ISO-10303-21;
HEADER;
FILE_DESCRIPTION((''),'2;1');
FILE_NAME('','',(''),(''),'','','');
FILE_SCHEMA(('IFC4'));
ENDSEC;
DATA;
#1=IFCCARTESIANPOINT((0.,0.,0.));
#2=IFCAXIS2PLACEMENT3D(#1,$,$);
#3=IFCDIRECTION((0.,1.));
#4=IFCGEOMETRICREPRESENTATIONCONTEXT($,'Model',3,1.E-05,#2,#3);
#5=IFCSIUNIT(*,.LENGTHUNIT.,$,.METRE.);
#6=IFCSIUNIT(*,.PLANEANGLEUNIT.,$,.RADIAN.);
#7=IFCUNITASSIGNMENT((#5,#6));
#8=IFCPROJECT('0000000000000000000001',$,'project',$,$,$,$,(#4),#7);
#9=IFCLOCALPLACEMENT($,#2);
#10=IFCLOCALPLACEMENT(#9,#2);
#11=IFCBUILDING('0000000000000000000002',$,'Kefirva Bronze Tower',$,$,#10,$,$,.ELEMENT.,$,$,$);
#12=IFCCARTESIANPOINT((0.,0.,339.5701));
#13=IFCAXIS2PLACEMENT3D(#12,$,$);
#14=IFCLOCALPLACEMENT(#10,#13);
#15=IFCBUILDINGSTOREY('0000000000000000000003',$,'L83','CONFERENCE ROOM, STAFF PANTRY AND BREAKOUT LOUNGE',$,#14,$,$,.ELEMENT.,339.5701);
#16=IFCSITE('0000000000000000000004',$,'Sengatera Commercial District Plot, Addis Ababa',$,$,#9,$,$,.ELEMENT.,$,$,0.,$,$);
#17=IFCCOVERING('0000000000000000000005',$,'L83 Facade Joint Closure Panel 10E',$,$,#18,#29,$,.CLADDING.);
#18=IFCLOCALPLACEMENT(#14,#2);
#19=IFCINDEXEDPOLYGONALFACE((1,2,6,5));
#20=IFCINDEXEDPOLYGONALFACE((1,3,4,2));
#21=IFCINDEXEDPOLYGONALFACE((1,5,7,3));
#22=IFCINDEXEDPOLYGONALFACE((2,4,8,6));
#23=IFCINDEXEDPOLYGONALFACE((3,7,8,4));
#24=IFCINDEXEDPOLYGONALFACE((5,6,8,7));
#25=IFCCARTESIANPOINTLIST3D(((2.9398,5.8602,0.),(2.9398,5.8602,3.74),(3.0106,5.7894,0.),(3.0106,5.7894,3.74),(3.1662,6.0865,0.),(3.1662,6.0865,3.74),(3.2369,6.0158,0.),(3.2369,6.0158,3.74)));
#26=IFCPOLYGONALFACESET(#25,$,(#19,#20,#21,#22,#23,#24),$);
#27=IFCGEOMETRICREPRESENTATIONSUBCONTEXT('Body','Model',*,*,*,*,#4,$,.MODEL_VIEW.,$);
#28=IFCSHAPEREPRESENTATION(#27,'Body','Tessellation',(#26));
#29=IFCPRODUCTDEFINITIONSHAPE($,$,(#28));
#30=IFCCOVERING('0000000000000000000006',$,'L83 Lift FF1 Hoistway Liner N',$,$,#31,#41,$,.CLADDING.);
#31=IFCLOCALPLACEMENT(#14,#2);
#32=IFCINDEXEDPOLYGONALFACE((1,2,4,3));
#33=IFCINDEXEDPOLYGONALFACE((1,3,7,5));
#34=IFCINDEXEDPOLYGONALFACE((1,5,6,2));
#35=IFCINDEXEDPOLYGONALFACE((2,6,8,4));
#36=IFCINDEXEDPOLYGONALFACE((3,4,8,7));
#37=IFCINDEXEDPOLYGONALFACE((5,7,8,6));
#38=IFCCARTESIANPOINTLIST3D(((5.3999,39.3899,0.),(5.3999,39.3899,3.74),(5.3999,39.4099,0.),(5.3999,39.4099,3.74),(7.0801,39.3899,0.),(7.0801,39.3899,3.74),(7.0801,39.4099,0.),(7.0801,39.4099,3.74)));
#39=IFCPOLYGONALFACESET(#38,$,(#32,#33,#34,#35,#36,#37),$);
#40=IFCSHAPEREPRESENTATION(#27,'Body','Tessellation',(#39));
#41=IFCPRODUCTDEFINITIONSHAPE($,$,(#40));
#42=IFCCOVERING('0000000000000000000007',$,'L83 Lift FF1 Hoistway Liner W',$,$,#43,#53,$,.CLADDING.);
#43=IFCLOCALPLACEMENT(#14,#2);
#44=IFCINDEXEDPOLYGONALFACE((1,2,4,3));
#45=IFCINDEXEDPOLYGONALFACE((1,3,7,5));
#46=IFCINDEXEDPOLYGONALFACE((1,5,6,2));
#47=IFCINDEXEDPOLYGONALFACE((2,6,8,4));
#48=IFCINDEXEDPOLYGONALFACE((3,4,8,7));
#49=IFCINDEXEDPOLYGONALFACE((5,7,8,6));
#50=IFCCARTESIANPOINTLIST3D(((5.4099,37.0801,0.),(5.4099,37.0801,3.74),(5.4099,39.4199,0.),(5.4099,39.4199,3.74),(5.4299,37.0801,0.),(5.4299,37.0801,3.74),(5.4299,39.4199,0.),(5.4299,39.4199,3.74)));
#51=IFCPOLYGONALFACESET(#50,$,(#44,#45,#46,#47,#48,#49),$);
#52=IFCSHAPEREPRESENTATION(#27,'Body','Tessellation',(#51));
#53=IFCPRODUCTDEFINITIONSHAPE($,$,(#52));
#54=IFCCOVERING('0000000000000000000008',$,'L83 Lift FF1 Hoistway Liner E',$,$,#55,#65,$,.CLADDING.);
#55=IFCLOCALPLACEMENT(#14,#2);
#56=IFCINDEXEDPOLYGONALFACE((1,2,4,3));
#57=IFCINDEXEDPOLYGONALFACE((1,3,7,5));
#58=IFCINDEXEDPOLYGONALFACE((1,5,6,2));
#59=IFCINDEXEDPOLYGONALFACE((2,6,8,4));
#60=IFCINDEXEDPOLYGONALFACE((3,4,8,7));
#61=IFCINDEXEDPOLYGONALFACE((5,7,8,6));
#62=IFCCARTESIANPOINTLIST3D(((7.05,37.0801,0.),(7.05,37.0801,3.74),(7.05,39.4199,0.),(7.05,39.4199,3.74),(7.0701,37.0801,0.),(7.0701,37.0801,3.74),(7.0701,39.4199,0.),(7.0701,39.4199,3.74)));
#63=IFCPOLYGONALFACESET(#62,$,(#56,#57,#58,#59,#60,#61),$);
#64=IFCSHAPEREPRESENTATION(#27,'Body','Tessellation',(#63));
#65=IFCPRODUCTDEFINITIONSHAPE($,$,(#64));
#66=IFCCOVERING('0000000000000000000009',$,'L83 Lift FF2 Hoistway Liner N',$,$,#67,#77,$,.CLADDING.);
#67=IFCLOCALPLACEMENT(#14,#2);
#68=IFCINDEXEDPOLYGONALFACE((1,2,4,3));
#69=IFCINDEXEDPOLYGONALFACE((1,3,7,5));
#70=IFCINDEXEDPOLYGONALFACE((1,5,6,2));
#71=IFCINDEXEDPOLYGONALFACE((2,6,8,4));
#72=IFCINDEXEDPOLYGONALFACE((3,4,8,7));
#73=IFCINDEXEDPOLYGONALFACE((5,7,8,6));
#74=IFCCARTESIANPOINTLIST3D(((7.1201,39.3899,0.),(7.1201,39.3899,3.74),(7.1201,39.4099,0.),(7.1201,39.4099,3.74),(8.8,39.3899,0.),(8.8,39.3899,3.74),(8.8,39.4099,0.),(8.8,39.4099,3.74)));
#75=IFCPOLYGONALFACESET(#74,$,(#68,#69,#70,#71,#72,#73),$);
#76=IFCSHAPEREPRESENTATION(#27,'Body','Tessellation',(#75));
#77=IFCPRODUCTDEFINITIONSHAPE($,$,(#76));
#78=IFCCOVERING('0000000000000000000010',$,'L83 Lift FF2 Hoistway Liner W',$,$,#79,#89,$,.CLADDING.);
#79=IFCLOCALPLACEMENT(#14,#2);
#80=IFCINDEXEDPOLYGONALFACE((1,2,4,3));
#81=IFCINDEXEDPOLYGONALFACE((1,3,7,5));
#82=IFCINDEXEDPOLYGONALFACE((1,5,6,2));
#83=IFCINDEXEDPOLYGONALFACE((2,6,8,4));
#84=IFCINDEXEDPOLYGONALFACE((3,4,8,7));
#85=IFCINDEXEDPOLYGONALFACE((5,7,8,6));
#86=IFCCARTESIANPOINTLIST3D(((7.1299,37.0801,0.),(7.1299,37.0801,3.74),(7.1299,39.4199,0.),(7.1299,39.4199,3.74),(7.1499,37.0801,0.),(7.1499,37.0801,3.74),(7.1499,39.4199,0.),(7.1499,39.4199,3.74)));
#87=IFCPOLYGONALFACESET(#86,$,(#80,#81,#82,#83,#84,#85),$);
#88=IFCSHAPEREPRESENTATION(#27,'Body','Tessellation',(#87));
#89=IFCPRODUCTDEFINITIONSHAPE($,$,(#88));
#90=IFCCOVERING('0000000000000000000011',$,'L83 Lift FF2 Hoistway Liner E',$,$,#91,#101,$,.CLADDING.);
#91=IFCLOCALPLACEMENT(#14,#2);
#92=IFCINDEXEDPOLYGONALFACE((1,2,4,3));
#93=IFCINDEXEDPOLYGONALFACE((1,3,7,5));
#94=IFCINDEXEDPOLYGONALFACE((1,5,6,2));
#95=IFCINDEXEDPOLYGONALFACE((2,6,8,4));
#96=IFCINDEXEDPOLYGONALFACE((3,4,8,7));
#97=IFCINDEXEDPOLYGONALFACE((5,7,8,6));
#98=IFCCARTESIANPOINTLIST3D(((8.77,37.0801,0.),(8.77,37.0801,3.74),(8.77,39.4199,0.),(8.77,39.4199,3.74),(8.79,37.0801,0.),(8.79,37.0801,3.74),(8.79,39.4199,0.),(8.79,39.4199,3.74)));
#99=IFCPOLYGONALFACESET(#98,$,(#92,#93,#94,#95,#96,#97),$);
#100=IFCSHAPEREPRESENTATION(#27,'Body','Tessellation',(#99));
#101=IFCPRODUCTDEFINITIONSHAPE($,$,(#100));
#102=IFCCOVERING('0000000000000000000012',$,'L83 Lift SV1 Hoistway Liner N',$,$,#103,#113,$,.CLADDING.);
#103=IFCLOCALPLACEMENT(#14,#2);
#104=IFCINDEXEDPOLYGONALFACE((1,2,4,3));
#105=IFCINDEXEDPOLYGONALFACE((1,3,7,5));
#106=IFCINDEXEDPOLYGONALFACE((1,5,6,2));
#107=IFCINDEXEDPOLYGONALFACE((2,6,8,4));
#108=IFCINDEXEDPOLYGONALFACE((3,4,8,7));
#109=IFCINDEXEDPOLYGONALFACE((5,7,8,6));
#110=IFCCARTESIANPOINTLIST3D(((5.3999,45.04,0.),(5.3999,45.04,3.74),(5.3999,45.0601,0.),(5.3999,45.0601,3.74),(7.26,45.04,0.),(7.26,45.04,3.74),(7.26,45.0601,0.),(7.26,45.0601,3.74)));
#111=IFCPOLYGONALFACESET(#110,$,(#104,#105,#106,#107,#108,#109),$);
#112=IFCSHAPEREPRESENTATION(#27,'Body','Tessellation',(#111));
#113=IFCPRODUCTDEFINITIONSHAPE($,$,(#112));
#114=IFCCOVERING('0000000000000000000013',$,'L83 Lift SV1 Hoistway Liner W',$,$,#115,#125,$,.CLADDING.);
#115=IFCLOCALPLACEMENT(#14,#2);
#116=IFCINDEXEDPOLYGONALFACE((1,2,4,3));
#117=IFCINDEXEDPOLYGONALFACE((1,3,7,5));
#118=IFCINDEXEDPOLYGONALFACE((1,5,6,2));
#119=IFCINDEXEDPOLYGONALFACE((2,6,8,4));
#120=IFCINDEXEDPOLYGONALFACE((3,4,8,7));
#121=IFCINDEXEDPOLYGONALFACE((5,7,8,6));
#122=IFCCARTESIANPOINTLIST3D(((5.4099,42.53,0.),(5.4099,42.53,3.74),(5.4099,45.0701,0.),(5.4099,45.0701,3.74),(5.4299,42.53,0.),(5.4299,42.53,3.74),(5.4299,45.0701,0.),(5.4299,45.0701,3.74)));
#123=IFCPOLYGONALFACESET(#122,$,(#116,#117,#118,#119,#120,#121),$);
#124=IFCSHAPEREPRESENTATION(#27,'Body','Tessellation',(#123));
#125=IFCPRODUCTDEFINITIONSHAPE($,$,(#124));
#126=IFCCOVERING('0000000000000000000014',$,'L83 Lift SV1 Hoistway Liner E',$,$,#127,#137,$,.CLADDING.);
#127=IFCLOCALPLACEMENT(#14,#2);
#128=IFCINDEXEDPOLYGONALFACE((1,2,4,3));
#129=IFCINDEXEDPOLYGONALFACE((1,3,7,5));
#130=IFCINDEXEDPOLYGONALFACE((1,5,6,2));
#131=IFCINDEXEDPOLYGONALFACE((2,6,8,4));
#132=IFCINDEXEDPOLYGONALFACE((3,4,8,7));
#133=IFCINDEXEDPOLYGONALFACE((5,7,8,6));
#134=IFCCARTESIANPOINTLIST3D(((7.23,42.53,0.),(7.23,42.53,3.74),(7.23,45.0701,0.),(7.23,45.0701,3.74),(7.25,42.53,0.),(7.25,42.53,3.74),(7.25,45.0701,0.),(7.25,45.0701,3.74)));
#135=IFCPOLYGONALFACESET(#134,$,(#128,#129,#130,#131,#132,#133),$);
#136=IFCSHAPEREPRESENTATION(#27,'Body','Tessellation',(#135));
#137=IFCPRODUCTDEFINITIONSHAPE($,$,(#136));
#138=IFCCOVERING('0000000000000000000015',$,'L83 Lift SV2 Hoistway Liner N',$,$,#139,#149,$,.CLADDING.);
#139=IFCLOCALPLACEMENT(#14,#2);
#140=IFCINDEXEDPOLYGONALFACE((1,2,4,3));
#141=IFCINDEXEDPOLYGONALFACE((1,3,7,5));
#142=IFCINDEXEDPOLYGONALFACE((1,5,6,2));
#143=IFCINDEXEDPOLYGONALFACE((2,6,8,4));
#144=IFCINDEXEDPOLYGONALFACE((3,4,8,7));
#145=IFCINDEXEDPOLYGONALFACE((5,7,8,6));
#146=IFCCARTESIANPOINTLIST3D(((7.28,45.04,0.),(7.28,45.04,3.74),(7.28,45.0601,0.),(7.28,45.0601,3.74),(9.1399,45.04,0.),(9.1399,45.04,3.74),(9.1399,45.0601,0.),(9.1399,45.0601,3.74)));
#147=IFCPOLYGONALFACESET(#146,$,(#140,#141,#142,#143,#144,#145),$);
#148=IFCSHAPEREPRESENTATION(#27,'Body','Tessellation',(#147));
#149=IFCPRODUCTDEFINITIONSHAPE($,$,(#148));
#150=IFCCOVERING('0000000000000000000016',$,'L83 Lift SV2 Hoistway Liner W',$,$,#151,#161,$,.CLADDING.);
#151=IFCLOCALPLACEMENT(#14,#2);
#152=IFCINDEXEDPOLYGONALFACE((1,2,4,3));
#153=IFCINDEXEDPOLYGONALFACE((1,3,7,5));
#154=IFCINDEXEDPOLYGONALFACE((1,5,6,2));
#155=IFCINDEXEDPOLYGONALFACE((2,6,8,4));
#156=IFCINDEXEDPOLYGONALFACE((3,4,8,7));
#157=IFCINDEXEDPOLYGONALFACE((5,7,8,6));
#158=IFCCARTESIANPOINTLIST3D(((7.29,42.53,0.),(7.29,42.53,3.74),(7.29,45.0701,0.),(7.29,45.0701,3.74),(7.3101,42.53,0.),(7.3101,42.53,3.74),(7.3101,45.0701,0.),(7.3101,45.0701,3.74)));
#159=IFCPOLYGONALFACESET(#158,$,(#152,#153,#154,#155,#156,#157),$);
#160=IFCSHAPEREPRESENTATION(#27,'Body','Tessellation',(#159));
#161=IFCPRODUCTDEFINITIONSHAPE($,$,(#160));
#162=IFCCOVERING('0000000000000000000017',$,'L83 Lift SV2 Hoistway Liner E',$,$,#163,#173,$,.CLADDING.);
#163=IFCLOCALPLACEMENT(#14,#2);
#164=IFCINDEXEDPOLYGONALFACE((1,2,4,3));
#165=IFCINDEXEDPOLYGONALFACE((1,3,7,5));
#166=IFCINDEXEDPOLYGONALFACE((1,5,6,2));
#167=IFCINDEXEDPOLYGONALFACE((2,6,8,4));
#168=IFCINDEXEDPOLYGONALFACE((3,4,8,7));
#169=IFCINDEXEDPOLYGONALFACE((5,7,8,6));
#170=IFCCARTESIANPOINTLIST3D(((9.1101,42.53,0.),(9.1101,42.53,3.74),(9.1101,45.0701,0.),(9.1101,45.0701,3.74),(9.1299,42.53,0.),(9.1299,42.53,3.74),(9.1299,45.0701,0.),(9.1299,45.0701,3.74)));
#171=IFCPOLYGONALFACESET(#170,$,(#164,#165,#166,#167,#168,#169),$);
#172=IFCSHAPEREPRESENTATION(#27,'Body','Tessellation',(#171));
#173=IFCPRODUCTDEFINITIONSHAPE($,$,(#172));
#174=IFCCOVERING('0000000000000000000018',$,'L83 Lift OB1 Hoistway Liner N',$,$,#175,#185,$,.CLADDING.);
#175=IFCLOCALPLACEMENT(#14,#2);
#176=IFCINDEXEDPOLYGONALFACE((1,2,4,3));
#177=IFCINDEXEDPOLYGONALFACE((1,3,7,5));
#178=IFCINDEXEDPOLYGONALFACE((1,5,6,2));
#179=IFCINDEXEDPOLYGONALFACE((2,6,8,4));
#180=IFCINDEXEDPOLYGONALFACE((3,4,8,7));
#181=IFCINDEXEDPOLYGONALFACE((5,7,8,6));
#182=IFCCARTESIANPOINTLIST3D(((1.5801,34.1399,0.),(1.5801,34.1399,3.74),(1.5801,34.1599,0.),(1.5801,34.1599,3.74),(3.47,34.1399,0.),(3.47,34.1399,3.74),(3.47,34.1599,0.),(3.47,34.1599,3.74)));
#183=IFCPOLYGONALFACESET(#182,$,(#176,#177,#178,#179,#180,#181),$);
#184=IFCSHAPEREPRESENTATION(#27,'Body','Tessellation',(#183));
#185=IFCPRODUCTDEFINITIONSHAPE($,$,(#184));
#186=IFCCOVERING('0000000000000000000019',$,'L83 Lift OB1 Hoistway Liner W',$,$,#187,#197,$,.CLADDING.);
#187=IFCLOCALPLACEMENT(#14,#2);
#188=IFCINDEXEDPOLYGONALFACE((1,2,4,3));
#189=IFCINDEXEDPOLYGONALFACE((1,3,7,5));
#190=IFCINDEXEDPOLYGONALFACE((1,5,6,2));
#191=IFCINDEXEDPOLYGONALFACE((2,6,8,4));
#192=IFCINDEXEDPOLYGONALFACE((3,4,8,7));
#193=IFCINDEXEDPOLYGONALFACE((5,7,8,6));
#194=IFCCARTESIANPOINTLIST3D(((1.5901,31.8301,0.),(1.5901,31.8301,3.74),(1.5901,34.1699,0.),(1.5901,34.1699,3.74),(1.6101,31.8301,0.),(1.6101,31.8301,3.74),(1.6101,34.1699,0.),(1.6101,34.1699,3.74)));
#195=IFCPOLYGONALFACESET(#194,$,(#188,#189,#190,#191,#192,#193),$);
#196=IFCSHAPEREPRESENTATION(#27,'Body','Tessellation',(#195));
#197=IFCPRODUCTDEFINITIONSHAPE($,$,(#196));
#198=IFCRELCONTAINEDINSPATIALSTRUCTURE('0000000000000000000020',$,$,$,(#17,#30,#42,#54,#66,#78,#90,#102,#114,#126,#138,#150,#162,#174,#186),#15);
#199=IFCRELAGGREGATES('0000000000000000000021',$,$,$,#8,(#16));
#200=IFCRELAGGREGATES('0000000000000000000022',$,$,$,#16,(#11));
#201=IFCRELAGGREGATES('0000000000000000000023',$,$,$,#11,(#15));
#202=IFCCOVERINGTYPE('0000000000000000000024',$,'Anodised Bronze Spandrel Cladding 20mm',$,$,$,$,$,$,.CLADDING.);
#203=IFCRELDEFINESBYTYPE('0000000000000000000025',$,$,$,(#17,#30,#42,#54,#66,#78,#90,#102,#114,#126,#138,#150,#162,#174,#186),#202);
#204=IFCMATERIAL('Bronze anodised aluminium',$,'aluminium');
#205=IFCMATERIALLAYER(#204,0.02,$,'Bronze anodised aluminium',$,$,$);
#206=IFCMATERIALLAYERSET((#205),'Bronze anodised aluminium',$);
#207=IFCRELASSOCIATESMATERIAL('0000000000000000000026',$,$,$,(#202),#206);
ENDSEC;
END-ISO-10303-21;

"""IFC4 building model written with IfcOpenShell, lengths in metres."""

from ifc_helpers import new_model, si_unit, direction, frame, origin, origin_2d, place, context, subcontext, project, spatial, polyline, rectangle, outline, extrude, material, layer, layer_set, type_object, element, save


model = new_model("IFC4")

# Units and contexts
model_context = context("Model", 3, precision=1e-05, world=origin(), true_north=direction((0.0, 1.0)))
body_context = subcontext(model_context, "Body", "Model", "MODEL_VIEW")
ifc_project = project(units=[si_unit("LENGTHUNIT", "METRE"), si_unit("PLANEANGLEUNIT", "RADIAN")], contexts=[model_context])

# Site, building, storey
site_placement = place(None, origin())
site = spatial("IfcSite", under=ifc_project, at=site_placement, Name="Sengatera Commercial District Plot, Addis Ababa", CompositionType="ELEMENT", RefElevation=0.0)
building_placement = place(site_placement, origin())
building = spatial("IfcBuilding", under=site, at=building_placement, Name="Kefirva Bronze Tower", CompositionType="ELEMENT")
storey_placement = place(building_placement, frame((0.0, 0.0, 339.5701)))
storey = spatial("IfcBuildingStorey", under=building, at=storey_placement, Name="L83", Description="CONFERENCE ROOM, STAFF PANTRY AND BREAKOUT LOUNGE", CompositionType="ELEMENT", Elevation=339.5701)

# Coverings
ifc_material_1 = material(Name="Bronze anodised aluminium", Category="aluminium")
ifc_layer_1 = layer(ifc_material_1, 0.02, Name="Bronze anodised aluminium")
ifc_layer_set_1 = layer_set([ifc_layer_1], Name="Bronze anodised aluminium")
covering_type_1 = type_object("IfcCoveringType", Name="Anodised Bronze Spandrel Cladding 20mm", PredefinedType="CLADDING", material=ifc_layer_set_1)
covering_1_placement = place(storey_placement, frame((3.0884, 5.938, 0.0), z_axis=(0.0, 0.0, 1.0), x_axis=(0.707107, -0.707107, 0.0)))
element("IfcCovering", 1, at=covering_1_placement, inside=storey, type_object=covering_type_1, Name="L83 Facade Joint Closure Panel 10E", PredefinedType="CLADDING", context=body_context, shape_type="SweptSolid", body=[
    extrude(rectangle(XDim=0.1001, YDim=0.3201, at=origin_2d()), origin(), (0.0, 0.0, 1.0), 3.74),
])
covering_2_placement = place(storey_placement, origin())
element("IfcCovering", 2, at=covering_2_placement, inside=storey, type_object=covering_type_1, Name="L83 Lift FF1 Hoistway Liner N", PredefinedType="CLADDING", context=body_context, shape_type="SweptSolid", body=[
    extrude(outline(polyline([(5.3999, 39.3899), (7.0801, 39.3899), (7.0801, 39.4099), (5.3999, 39.4099), (5.3999, 39.3899)])), origin(), (0.0, 0.0, 1.0), 3.74),
])
covering_3_placement = place(storey_placement, origin())
element("IfcCovering", 3, at=covering_3_placement, inside=storey, type_object=covering_type_1, Name="L83 Lift FF1 Hoistway Liner W", PredefinedType="CLADDING", context=body_context, shape_type="SweptSolid", body=[
    extrude(outline(polyline([(5.4099, 37.0801), (5.4299, 37.0801), (5.4299, 39.4199), (5.4099, 39.4199), (5.4099, 37.0801)])), origin(), (0.0, 0.0, 1.0), 3.74),
])
covering_4_placement = place(storey_placement, origin())
element("IfcCovering", 4, at=covering_4_placement, inside=storey, type_object=covering_type_1, Name="L83 Lift FF1 Hoistway Liner E", PredefinedType="CLADDING", context=body_context, shape_type="SweptSolid", body=[
    extrude(outline(polyline([(7.05, 37.0801), (7.0701, 37.0801), (7.0701, 39.4199), (7.05, 39.4199), (7.05, 37.0801)])), origin(), (0.0, 0.0, 1.0), 3.74),
])
covering_5_placement = place(storey_placement, origin())
element("IfcCovering", 5, at=covering_5_placement, inside=storey, type_object=covering_type_1, Name="L83 Lift FF2 Hoistway Liner N", PredefinedType="CLADDING", context=body_context, shape_type="SweptSolid", body=[
    extrude(outline(polyline([(7.1201, 39.3899), (8.8, 39.3899), (8.8, 39.4099), (7.1201, 39.4099), (7.1201, 39.3899)])), origin(), (0.0, 0.0, 1.0), 3.74),
])
covering_6_placement = place(storey_placement, origin())
element("IfcCovering", 6, at=covering_6_placement, inside=storey, type_object=covering_type_1, Name="L83 Lift FF2 Hoistway Liner W", PredefinedType="CLADDING", context=body_context, shape_type="SweptSolid", body=[
    extrude(outline(polyline([(7.1299, 37.0801), (7.1499, 37.0801), (7.1499, 39.4199), (7.1299, 39.4199), (7.1299, 37.0801)])), origin(), (0.0, 0.0, 1.0), 3.74),
])
covering_7_placement = place(storey_placement, origin())
element("IfcCovering", 7, at=covering_7_placement, inside=storey, type_object=covering_type_1, Name="L83 Lift FF2 Hoistway Liner E", PredefinedType="CLADDING", context=body_context, shape_type="SweptSolid", body=[
    extrude(outline(polyline([(8.77, 37.0801), (8.79, 37.0801), (8.79, 39.4199), (8.77, 39.4199), (8.77, 37.0801)])), origin(), (0.0, 0.0, 1.0), 3.74),
])
covering_8_placement = place(storey_placement, origin())
element("IfcCovering", 8, at=covering_8_placement, inside=storey, type_object=covering_type_1, Name="L83 Lift SV1 Hoistway Liner N", PredefinedType="CLADDING", context=body_context, shape_type="SweptSolid", body=[
    extrude(outline(polyline([(5.3999, 45.04), (7.26, 45.04), (7.26, 45.0601), (5.3999, 45.0601), (5.3999, 45.04)])), origin(), (0.0, 0.0, 1.0), 3.74),
])
covering_9_placement = place(storey_placement, origin())
element("IfcCovering", 9, at=covering_9_placement, inside=storey, type_object=covering_type_1, Name="L83 Lift SV1 Hoistway Liner W", PredefinedType="CLADDING", context=body_context, shape_type="SweptSolid", body=[
    extrude(outline(polyline([(5.4099, 42.53), (5.4299, 42.53), (5.4299, 45.0701), (5.4099, 45.0701), (5.4099, 42.53)])), origin(), (0.0, 0.0, 1.0), 3.74),
])
covering_10_placement = place(storey_placement, origin())
element("IfcCovering", 10, at=covering_10_placement, inside=storey, type_object=covering_type_1, Name="L83 Lift SV1 Hoistway Liner E", PredefinedType="CLADDING", context=body_context, shape_type="SweptSolid", body=[
    extrude(outline(polyline([(7.23, 42.53), (7.25, 42.53), (7.25, 45.0701), (7.23, 45.0701), (7.23, 42.53)])), origin(), (0.0, 0.0, 1.0), 3.74),
])
covering_11_placement = place(storey_placement, origin())
element("IfcCovering", 11, at=covering_11_placement, inside=storey, type_object=covering_type_1, Name="L83 Lift SV2 Hoistway Liner N", PredefinedType="CLADDING", context=body_context, shape_type="SweptSolid", body=[
    extrude(outline(polyline([(7.28, 45.04), (9.1399, 45.04), (9.1399, 45.0601), (7.28, 45.0601), (7.28, 45.04)])), origin(), (0.0, 0.0, 1.0), 3.74),
])
covering_12_placement = place(storey_placement, origin())
element("IfcCovering", 12, at=covering_12_placement, inside=storey, type_object=covering_type_1, Name="L83 Lift SV2 Hoistway Liner W", PredefinedType="CLADDING", context=body_context, shape_type="SweptSolid", body=[
    extrude(outline(polyline([(7.29, 42.53), (7.3101, 42.53), (7.3101, 45.0701), (7.29, 45.0701), (7.29, 42.53)])), origin(), (0.0, 0.0, 1.0), 3.74),
])
covering_13_placement = place(storey_placement, origin())
element("IfcCovering", 13, at=covering_13_placement, inside=storey, type_object=covering_type_1, Name="L83 Lift SV2 Hoistway Liner E", PredefinedType="CLADDING", context=body_context, shape_type="SweptSolid", body=[
    extrude(outline(polyline([(9.1101, 42.53), (9.1299, 42.53), (9.1299, 45.0701), (9.1101, 45.0701), (9.1101, 42.53)])), origin(), (0.0, 0.0, 1.0), 3.74),
])
covering_14_placement = place(storey_placement, origin())
element("IfcCovering", 14, at=covering_14_placement, inside=storey, type_object=covering_type_1, Name="L83 Lift OB1 Hoistway Liner N", PredefinedType="CLADDING", context=body_context, shape_type="SweptSolid", body=[
    extrude(outline(polyline([(1.5801, 34.1399), (3.47, 34.1399), (3.47, 34.1599), (1.5801, 34.1599), (1.5801, 34.1399)])), origin(), (0.0, 0.0, 1.0), 3.74),
])
covering_15_placement = place(storey_placement, origin())
element("IfcCovering", 15, at=covering_15_placement, inside=storey, type_object=covering_type_1, Name="L83 Lift OB1 Hoistway Liner W", PredefinedType="CLADDING", context=body_context, shape_type="SweptSolid", body=[
    extrude(outline(polyline([(1.5901, 31.8301), (1.6101, 31.8301), (1.6101, 34.1699), (1.5901, 34.1699), (1.5901, 31.8301)])), origin(), (0.0, 0.0, 1.0), 3.74),
])

save(model, "model.ifc")
